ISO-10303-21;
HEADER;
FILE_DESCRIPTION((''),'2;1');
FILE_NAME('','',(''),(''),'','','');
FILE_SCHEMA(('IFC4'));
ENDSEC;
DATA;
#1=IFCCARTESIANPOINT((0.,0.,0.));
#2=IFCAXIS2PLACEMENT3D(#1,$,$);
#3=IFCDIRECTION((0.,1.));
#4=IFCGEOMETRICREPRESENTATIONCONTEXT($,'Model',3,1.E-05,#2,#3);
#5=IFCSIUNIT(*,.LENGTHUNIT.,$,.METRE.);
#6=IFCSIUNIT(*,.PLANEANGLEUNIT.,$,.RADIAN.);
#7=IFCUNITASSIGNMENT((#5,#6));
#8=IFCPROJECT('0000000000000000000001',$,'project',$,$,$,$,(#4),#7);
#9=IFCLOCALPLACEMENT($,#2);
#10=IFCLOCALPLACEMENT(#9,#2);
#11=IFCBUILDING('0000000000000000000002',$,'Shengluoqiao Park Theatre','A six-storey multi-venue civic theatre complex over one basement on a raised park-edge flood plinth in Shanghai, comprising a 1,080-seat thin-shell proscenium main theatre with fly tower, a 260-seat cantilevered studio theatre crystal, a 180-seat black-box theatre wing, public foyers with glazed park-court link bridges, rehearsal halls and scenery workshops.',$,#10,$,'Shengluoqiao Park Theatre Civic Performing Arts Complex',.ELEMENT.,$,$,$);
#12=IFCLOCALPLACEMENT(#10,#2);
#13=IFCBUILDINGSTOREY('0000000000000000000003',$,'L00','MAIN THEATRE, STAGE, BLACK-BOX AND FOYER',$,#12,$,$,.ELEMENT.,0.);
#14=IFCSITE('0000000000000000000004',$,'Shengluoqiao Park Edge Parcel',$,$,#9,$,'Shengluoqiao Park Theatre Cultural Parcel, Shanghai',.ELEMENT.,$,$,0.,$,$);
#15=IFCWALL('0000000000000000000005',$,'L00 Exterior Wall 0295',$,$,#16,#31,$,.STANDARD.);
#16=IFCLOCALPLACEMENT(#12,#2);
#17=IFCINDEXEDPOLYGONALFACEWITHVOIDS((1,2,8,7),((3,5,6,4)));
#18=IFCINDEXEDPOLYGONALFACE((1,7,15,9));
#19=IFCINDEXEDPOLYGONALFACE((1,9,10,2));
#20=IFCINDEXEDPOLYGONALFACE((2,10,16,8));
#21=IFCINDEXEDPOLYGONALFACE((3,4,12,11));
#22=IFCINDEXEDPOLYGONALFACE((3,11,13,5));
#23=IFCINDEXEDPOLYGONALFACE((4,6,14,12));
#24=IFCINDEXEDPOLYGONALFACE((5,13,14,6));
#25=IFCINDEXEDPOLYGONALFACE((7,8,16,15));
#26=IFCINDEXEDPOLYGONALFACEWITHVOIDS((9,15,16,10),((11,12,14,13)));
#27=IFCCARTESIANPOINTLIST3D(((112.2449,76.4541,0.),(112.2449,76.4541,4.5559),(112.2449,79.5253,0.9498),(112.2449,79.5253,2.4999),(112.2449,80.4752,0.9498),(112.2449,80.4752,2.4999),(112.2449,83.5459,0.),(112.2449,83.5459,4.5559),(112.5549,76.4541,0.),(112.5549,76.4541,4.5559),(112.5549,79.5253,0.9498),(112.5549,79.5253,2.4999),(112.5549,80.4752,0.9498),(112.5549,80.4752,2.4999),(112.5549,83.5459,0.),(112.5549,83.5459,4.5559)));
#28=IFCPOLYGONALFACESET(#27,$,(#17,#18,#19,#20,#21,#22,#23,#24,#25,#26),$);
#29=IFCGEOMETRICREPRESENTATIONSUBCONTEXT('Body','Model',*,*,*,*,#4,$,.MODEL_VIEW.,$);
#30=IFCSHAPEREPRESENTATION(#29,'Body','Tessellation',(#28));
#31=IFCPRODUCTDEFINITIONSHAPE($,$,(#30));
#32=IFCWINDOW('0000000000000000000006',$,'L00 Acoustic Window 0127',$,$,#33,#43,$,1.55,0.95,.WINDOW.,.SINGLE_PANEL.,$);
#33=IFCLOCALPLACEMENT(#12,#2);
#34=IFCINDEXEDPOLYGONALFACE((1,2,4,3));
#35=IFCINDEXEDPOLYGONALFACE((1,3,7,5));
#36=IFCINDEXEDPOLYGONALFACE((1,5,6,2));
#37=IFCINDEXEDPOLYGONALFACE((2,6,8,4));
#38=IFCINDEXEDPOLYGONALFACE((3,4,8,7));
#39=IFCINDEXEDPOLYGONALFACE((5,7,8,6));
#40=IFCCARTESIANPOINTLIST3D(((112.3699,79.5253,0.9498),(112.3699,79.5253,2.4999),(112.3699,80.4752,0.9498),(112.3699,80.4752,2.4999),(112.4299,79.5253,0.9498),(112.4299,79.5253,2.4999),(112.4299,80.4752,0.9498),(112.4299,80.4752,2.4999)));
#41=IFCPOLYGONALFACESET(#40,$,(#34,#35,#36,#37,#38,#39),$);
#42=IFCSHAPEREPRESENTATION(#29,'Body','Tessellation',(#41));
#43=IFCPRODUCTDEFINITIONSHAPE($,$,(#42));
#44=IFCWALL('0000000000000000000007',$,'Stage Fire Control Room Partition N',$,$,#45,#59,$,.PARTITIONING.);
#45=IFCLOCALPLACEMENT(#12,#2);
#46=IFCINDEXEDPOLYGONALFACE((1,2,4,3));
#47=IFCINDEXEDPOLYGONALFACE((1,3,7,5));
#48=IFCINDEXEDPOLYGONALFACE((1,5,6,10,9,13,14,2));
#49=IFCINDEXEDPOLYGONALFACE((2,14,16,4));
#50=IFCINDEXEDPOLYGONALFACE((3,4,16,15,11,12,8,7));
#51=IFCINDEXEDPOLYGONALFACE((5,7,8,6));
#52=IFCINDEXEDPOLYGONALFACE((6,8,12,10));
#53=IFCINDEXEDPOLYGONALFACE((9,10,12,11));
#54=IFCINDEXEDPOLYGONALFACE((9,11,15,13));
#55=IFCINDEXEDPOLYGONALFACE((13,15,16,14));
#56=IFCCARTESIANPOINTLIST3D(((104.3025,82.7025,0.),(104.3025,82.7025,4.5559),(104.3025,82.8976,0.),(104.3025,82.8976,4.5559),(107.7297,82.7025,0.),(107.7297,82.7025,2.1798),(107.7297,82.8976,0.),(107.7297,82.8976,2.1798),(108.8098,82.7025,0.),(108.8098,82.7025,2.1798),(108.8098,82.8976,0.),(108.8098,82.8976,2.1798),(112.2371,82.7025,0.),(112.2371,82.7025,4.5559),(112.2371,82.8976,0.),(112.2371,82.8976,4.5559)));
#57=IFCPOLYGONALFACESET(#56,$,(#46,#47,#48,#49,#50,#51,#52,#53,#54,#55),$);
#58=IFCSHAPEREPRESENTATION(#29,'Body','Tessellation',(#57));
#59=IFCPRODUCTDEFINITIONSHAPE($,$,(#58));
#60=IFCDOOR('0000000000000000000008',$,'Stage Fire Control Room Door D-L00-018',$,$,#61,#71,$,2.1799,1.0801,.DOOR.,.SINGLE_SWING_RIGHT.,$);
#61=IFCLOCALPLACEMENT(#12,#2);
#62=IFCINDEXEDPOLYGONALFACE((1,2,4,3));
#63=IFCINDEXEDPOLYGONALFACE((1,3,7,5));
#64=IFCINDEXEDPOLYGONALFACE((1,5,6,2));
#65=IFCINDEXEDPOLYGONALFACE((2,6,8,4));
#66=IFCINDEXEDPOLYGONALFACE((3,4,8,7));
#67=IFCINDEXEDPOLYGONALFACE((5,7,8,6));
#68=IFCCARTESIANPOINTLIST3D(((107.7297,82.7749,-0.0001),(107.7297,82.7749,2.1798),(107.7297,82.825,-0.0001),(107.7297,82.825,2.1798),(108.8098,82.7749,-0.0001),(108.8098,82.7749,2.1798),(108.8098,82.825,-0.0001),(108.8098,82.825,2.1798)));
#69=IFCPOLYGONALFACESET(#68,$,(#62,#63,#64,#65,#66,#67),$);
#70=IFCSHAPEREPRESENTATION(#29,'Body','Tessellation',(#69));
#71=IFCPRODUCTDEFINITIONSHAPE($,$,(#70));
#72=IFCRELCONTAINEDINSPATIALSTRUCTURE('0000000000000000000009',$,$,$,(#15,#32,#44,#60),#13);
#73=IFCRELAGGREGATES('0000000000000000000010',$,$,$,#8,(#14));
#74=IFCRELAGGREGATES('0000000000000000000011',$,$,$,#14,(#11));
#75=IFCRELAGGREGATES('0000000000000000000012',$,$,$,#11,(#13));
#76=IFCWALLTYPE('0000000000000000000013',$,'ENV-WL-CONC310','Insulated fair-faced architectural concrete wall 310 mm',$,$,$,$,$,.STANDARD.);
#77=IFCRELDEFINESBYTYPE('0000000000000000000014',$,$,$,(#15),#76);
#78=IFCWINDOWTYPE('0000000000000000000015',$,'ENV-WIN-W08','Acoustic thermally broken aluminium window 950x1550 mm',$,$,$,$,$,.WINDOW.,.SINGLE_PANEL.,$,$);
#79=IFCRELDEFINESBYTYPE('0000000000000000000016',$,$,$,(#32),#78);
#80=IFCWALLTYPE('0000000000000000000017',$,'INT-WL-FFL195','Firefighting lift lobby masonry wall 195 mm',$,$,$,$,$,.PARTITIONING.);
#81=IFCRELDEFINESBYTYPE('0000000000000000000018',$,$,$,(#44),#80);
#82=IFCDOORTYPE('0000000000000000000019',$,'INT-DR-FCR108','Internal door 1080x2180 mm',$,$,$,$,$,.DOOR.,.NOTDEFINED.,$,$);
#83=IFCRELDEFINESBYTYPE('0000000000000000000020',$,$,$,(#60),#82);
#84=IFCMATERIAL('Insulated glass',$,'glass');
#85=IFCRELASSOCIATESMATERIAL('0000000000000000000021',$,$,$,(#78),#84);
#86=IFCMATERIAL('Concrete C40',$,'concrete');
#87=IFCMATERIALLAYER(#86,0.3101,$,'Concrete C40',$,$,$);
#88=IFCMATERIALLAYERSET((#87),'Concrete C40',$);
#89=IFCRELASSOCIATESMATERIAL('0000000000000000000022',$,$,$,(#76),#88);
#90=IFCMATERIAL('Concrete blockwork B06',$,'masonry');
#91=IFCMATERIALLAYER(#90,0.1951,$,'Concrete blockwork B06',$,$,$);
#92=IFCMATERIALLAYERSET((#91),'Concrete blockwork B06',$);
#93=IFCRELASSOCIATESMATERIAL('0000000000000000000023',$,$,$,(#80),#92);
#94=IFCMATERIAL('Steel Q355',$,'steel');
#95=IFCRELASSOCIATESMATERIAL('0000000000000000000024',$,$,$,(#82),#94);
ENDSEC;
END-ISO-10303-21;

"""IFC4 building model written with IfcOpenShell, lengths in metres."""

from ifc_helpers import new_model, si_unit, direction, frame, frame_2d, origin, place, context, subcontext, project, spatial, rectangle, extrude, material, layer, layer_set, type_object, element, fill, save


model = new_model("IFC4")

# Units and contexts
model_context = context("Model", 3, precision=1e-05, world=origin(), true_north=direction((0.0, 1.0)))
body_context = subcontext(model_context, "Body", "Model", "MODEL_VIEW")
ifc_project = project(units=[si_unit("LENGTHUNIT", "METRE"), si_unit("PLANEANGLEUNIT", "RADIAN")], contexts=[model_context])

# Site, building, storey
site_placement = place(None, origin())
site = spatial("IfcSite", under=ifc_project, at=site_placement, Name="Shengluoqiao Park Edge Parcel", LongName="Shengluoqiao Park Theatre Cultural Parcel, Shanghai", CompositionType="ELEMENT", RefElevation=0.0)
building_placement = place(site_placement, origin())
building = spatial("IfcBuilding", under=site, at=building_placement, Name="Shengluoqiao Park Theatre", Description="A six-storey multi-venue civic theatre complex over one basement on a raised park-edge flood plinth in Shanghai, comprising a 1,080-seat thin-shell proscenium main theatre with fly tower, a 260-seat cantilevered studio theatre crystal, a 180-seat black-box theatre wing, public foyers with glazed park-court link bridges, rehearsal halls and scenery workshops.", LongName="Shengluoqiao Park Theatre Civic Performing Arts Complex", CompositionType="ELEMENT")
storey_placement = place(building_placement, origin())
storey = spatial("IfcBuildingStorey", under=building, at=storey_placement, Name="L00", Description="MAIN THEATRE, STAGE, BLACK-BOX AND FOYER", CompositionType="ELEMENT", Elevation=0.0)

# Shared definitions
ifc_material_1 = material(Name="Concrete C40", Category="concrete")

# Shared definitions
ifc_material_2 = material(Name="Steel Q355", Category="steel")

# Shared definitions
ifc_material_3 = material(Name="Insulated glass", Category="glass")
window_type = type_object("IfcWindowType", Name="ENV-WIN-W08", Description="Acoustic thermally broken aluminium window 950x1550 mm", PartitioningType="SINGLE_PANEL", PredefinedType="WINDOW", material=ifc_material_3)

# Shared definitions
ifc_layer_1 = layer(ifc_material_1, 0.3101, Name="Concrete C40")
ifc_layer_set_1 = layer_set([ifc_layer_1], Name="Concrete C40")
wall_type_1 = type_object("IfcWallType", Name="ENV-WL-CONC310", Description="Insulated fair-faced architectural concrete wall 310 mm", PredefinedType="STANDARD", material=ifc_layer_set_1)

# Wall, opening, window
wall_1_placement = place(storey_placement, frame((112.3999, 76.4541, 0.0), z_axis=(0.0, 0.0, 1.0), x_axis=(0.0, 1.0, 0.0)))
wall_1 = element("IfcWall", 1, at=wall_1_placement, inside=storey, type_object=wall_type_1, Name="L00 Exterior Wall 0295", PredefinedType="STANDARD", context=body_context, shape_type="SweptSolid", body=[
    extrude(rectangle(XDim=7.0918, YDim=0.3101, at=frame_2d((3.5459, 0.0))), origin(), (0.0, 0.0, 1.0), 4.5559),
])
opening_1_placement = place(wall_1_placement, frame((3.071, 0.0, 0.95)))
opening_1 = element("IfcOpeningElement", 2, at=opening_1_placement, cuts=wall_1, PredefinedType="OPENING", context=body_context, shape_type="SweptSolid", body=[
    extrude(rectangle(XDim=0.95, YDim=1.55, at=frame_2d((0.4751, 0.7749))), frame((0.0, 0.165, 0.0), z_axis=(0.0, -1.0, 0.0), x_axis=(1.0, 0.0, 0.0)), (0.0, 0.0, 1.0), 0.3301),
])
window_1_placement = place(opening_1_placement, origin())
window_1 = element("IfcWindow", 3, at=window_1_placement, inside=storey, type_object=window_type, Name="L00 Acoustic Window 0127", OverallHeight=1.55, OverallWidth=0.95, PartitioningType="SINGLE_PANEL", PredefinedType="WINDOW", context=body_context, shape_type="SweptSolid", body=[
    extrude(rectangle(XDim=0.95, YDim=1.55, at=frame_2d((0.4751, 0.7749))), frame((0.0, 0.03, 0.0), z_axis=(0.0, -1.0, 0.0), x_axis=(1.0, 0.0, 0.0)), (0.0, 0.0, 1.0), 0.0601),
])
fill(opening_1, window_1)

# Wall, opening, door
ifc_material_4 = material(Name="Concrete blockwork B06", Category="masonry")
ifc_layer_2 = layer(ifc_material_4, 0.1951, Name="Concrete blockwork B06")
ifc_layer_set_2 = layer_set([ifc_layer_2], Name="Concrete blockwork B06")
wall_type_2 = type_object("IfcWallType", Name="INT-WL-FFL195", Description="Firefighting lift lobby masonry wall 195 mm", PredefinedType="PARTITIONING", material=ifc_layer_set_2)
wall_2_placement = place(storey_placement, frame((104.3025, 82.8, 0.0), z_axis=(0.0, 0.0, 1.0), x_axis=(1.0, 0.0, 0.0)))
wall_2 = element("IfcWall", 4, at=wall_2_placement, inside=storey, type_object=wall_type_2, Name="Stage Fire Control Room Partition N", PredefinedType="PARTITIONING", context=body_context, shape_type="SweptSolid", body=[
    extrude(rectangle(XDim=7.9346, YDim=0.1951, at=frame_2d((3.9673, 0.0))), origin(), (0.0, 0.0, 1.0), 4.5559),
])
opening_2_placement = place(wall_2_placement, frame((3.4272, 0.0, 0.0)))
opening_2 = element("IfcOpeningElement", 5, at=opening_2_placement, cuts=wall_2, PredefinedType="OPENING", context=body_context, shape_type="SweptSolid", body=[
    extrude(rectangle(XDim=1.0801, YDim=2.1799, at=frame_2d((0.54, 1.0898))), frame((0.0, 0.1074, 0.0), z_axis=(0.0, -1.0, 0.0), x_axis=(1.0, 0.0, 0.0)), (0.0, 0.0, 1.0), 0.2151),
])
door_type_1 = type_object("IfcDoorType", Name="INT-DR-FCR108", Description="Internal door 1080x2180 mm", OperationType="NOTDEFINED", PredefinedType="DOOR", material=ifc_material_2)
door_1_placement = place(opening_2_placement, origin())
door_1 = element("IfcDoor", 6, at=door_1_placement, inside=storey, type_object=door_type_1, Name="Stage Fire Control Room Door D-L00-018", OperationType="SINGLE_SWING_RIGHT", OverallHeight=2.1799, OverallWidth=1.0801, PredefinedType="DOOR", context=body_context, shape_type="SweptSolid", body=[
    extrude(rectangle(XDim=1.0801, YDim=2.1799, at=frame_2d((0.54, 1.0898))), frame((0.0, 0.0249, 0.0), z_axis=(0.0, -1.0, 0.0), x_axis=(1.0, 0.0, 0.0)), (0.0, 0.0, 1.0), 0.05),
])
fill(opening_2, door_1)

save(model, "model.ifc")
